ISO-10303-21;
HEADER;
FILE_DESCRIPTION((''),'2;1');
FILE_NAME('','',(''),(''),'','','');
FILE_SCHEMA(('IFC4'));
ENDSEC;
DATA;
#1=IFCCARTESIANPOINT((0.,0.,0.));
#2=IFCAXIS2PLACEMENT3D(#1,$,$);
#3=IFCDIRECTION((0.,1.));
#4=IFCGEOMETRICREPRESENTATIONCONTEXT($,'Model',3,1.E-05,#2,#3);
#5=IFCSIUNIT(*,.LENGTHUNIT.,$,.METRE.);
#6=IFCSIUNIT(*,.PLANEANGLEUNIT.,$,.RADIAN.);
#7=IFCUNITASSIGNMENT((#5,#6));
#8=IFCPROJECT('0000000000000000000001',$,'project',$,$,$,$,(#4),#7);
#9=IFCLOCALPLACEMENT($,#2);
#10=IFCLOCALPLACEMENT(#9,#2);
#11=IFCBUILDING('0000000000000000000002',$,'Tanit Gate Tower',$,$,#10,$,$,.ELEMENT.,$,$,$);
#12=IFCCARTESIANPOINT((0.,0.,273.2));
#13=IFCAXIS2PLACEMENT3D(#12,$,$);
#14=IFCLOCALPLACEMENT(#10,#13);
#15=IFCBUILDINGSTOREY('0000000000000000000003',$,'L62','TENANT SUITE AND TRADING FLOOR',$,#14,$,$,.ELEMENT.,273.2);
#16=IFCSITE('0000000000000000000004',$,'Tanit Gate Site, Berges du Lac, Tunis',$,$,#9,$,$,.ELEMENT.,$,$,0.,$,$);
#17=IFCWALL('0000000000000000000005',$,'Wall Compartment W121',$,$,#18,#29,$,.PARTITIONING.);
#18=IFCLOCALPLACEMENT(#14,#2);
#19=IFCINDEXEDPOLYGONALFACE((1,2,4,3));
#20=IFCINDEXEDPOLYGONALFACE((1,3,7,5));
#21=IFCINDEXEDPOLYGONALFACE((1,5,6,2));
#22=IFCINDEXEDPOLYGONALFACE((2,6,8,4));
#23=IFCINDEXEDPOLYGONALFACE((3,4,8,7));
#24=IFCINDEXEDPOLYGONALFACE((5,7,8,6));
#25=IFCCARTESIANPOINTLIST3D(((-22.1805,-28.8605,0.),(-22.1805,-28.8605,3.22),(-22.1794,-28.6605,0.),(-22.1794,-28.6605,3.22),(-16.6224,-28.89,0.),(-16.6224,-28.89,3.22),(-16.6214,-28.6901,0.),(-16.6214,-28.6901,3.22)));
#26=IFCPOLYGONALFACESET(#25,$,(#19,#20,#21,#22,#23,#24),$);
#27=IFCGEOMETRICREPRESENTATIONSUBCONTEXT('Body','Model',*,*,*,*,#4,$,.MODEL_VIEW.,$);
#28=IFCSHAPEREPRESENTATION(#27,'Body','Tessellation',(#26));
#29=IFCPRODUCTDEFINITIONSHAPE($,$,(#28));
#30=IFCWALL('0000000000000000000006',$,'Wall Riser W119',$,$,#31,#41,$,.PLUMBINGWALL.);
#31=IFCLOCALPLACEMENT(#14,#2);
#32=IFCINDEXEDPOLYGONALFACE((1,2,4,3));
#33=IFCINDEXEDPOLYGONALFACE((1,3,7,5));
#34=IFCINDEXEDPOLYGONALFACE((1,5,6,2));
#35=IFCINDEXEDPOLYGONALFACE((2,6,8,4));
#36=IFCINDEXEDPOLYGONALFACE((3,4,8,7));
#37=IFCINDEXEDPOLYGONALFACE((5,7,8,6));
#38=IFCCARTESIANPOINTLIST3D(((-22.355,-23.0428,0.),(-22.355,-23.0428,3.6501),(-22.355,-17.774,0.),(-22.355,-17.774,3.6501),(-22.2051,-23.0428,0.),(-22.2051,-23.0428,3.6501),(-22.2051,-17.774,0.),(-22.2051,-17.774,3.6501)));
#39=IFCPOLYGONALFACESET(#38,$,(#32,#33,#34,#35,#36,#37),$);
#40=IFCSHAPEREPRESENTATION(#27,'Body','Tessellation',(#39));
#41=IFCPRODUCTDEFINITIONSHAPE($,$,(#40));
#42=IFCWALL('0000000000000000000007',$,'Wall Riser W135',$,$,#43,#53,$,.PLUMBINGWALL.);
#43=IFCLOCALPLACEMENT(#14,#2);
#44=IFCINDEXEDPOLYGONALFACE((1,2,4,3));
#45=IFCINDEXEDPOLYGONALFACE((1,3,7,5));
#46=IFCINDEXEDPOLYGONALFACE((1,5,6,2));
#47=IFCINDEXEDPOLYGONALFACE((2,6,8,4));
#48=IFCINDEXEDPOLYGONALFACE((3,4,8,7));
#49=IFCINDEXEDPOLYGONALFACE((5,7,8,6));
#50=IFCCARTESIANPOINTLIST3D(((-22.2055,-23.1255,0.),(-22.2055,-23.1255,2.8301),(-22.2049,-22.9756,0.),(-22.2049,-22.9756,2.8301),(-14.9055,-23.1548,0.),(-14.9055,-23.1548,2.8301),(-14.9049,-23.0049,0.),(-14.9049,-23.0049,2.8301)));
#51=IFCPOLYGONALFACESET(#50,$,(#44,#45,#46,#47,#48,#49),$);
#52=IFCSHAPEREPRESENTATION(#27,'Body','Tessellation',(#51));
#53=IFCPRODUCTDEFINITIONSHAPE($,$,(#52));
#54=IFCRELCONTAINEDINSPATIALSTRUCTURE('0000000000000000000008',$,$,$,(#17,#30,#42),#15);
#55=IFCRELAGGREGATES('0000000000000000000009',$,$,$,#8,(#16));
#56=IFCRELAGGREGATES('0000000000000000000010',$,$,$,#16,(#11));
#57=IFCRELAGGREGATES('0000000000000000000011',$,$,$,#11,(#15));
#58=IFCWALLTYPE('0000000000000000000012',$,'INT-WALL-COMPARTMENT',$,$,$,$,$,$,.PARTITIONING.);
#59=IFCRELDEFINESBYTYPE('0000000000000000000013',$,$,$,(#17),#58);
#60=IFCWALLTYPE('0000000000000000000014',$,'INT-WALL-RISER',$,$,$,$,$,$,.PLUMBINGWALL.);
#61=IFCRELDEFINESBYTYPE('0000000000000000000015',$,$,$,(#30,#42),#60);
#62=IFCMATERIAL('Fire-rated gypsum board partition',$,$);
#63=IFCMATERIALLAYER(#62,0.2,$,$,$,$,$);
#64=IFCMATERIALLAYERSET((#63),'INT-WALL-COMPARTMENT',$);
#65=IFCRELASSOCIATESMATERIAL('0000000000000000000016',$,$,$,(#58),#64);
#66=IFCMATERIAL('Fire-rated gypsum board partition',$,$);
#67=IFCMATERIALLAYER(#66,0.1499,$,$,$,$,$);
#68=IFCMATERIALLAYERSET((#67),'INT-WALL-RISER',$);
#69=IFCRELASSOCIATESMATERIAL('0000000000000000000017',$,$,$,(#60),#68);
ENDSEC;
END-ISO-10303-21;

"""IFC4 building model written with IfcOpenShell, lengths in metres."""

from ifc_helpers import new_model, si_unit, direction, frame, frame_2d, origin, place, context, subcontext, project, spatial, rectangle, extrude, material, layer, layer_set, type_object, element, save


model = new_model("IFC4")

# Units and contexts
model_context = context("Model", 3, precision=1e-05, world=origin(), true_north=direction((0.0, 1.0)))
body_context = subcontext(model_context, "Body", "Model", "MODEL_VIEW")
ifc_project = project(units=[si_unit("LENGTHUNIT", "METRE"), si_unit("PLANEANGLEUNIT", "RADIAN")], contexts=[model_context])

# Site, building, storey
site_placement = place(None, origin())
site = spatial("IfcSite", under=ifc_project, at=site_placement, Name="Tanit Gate Site, Berges du Lac, Tunis", CompositionType="ELEMENT", RefElevation=0.0)
building_placement = place(site_placement, origin())
building = spatial("IfcBuilding", under=site, at=building_placement, Name="Tanit Gate Tower", CompositionType="ELEMENT")
storey_placement = place(building_placement, frame((0.0, 0.0, 273.2)))
storey = spatial("IfcBuildingStorey", under=building, at=storey_placement, Name="L62", Description="TENANT SUITE AND TRADING FLOOR", CompositionType="ELEMENT", Elevation=273.2)

# Shared definitions
ifc_material_1 = material(Name="Fire-rated gypsum board partition")
ifc_layer_1 = layer(ifc_material_1, 0.2)
ifc_layer_set_1 = layer_set([ifc_layer_1], Name="INT-WALL-COMPARTMENT")
wall_type_1 = type_object("IfcWallType", Name="INT-WALL-COMPARTMENT", PredefinedType="PARTITIONING", material=ifc_layer_set_1)

# Walls
wall_1_placement = place(storey_placement, frame((-22.1799, -28.7605, 0.0), z_axis=(0.0, 0.0, 1.0), x_axis=(0.999986, -0.005315, 0.0)))
element("IfcWall", 1, at=wall_1_placement, inside=storey, type_object=wall_type_1, Name="Wall Compartment W121", PredefinedType="PARTITIONING", context=body_context, shape_type="SweptSolid", body=[
    extrude(rectangle(XDim=5.5581, YDim=0.2, at=frame_2d((2.7791, 0.0))), origin(), (0.0, 0.0, 1.0), 3.22),
])
ifc_material_2 = material(Name="Fire-rated gypsum board partition")
ifc_layer_2 = layer(ifc_material_2, 0.1499)
ifc_layer_set_2 = layer_set([ifc_layer_2], Name="INT-WALL-RISER")
wall_type_2 = type_object("IfcWallType", Name="INT-WALL-RISER", PredefinedType="PLUMBINGWALL", material=ifc_layer_set_2)
wall_2_placement = place(storey_placement, frame((-22.28, -23.0427, 0.0), z_axis=(0.0, 0.0, 1.0), x_axis=(0.0, 1.0, 0.0)))
element("IfcWall", 2, at=wall_2_placement, inside=storey, type_object=wall_type_2, Name="Wall Riser W119", PredefinedType="PLUMBINGWALL", context=body_context, shape_type="SweptSolid", body=[
    extrude(rectangle(XDim=5.2688, YDim=0.1499, at=frame_2d((2.6343, 0.0))), origin(), (0.0, 0.0, 1.0), 3.6501),
])
wall_3_placement = place(storey_placement, frame((-22.2051, -23.0505, 0.0), z_axis=(0.0, 0.0, 1.0), x_axis=(0.999992, -0.004013, 0.0)))
element("IfcWall", 3, at=wall_3_placement, inside=storey, type_object=wall_type_2, Name="Wall Riser W135", PredefinedType="PLUMBINGWALL", context=body_context, shape_type="SweptSolid", body=[
    extrude(rectangle(XDim=7.3, YDim=0.1499, at=frame_2d((3.6499, 0.0))), origin(), (0.0, 0.0, 1.0), 2.8301),
])

save(model, "model.ifc")
